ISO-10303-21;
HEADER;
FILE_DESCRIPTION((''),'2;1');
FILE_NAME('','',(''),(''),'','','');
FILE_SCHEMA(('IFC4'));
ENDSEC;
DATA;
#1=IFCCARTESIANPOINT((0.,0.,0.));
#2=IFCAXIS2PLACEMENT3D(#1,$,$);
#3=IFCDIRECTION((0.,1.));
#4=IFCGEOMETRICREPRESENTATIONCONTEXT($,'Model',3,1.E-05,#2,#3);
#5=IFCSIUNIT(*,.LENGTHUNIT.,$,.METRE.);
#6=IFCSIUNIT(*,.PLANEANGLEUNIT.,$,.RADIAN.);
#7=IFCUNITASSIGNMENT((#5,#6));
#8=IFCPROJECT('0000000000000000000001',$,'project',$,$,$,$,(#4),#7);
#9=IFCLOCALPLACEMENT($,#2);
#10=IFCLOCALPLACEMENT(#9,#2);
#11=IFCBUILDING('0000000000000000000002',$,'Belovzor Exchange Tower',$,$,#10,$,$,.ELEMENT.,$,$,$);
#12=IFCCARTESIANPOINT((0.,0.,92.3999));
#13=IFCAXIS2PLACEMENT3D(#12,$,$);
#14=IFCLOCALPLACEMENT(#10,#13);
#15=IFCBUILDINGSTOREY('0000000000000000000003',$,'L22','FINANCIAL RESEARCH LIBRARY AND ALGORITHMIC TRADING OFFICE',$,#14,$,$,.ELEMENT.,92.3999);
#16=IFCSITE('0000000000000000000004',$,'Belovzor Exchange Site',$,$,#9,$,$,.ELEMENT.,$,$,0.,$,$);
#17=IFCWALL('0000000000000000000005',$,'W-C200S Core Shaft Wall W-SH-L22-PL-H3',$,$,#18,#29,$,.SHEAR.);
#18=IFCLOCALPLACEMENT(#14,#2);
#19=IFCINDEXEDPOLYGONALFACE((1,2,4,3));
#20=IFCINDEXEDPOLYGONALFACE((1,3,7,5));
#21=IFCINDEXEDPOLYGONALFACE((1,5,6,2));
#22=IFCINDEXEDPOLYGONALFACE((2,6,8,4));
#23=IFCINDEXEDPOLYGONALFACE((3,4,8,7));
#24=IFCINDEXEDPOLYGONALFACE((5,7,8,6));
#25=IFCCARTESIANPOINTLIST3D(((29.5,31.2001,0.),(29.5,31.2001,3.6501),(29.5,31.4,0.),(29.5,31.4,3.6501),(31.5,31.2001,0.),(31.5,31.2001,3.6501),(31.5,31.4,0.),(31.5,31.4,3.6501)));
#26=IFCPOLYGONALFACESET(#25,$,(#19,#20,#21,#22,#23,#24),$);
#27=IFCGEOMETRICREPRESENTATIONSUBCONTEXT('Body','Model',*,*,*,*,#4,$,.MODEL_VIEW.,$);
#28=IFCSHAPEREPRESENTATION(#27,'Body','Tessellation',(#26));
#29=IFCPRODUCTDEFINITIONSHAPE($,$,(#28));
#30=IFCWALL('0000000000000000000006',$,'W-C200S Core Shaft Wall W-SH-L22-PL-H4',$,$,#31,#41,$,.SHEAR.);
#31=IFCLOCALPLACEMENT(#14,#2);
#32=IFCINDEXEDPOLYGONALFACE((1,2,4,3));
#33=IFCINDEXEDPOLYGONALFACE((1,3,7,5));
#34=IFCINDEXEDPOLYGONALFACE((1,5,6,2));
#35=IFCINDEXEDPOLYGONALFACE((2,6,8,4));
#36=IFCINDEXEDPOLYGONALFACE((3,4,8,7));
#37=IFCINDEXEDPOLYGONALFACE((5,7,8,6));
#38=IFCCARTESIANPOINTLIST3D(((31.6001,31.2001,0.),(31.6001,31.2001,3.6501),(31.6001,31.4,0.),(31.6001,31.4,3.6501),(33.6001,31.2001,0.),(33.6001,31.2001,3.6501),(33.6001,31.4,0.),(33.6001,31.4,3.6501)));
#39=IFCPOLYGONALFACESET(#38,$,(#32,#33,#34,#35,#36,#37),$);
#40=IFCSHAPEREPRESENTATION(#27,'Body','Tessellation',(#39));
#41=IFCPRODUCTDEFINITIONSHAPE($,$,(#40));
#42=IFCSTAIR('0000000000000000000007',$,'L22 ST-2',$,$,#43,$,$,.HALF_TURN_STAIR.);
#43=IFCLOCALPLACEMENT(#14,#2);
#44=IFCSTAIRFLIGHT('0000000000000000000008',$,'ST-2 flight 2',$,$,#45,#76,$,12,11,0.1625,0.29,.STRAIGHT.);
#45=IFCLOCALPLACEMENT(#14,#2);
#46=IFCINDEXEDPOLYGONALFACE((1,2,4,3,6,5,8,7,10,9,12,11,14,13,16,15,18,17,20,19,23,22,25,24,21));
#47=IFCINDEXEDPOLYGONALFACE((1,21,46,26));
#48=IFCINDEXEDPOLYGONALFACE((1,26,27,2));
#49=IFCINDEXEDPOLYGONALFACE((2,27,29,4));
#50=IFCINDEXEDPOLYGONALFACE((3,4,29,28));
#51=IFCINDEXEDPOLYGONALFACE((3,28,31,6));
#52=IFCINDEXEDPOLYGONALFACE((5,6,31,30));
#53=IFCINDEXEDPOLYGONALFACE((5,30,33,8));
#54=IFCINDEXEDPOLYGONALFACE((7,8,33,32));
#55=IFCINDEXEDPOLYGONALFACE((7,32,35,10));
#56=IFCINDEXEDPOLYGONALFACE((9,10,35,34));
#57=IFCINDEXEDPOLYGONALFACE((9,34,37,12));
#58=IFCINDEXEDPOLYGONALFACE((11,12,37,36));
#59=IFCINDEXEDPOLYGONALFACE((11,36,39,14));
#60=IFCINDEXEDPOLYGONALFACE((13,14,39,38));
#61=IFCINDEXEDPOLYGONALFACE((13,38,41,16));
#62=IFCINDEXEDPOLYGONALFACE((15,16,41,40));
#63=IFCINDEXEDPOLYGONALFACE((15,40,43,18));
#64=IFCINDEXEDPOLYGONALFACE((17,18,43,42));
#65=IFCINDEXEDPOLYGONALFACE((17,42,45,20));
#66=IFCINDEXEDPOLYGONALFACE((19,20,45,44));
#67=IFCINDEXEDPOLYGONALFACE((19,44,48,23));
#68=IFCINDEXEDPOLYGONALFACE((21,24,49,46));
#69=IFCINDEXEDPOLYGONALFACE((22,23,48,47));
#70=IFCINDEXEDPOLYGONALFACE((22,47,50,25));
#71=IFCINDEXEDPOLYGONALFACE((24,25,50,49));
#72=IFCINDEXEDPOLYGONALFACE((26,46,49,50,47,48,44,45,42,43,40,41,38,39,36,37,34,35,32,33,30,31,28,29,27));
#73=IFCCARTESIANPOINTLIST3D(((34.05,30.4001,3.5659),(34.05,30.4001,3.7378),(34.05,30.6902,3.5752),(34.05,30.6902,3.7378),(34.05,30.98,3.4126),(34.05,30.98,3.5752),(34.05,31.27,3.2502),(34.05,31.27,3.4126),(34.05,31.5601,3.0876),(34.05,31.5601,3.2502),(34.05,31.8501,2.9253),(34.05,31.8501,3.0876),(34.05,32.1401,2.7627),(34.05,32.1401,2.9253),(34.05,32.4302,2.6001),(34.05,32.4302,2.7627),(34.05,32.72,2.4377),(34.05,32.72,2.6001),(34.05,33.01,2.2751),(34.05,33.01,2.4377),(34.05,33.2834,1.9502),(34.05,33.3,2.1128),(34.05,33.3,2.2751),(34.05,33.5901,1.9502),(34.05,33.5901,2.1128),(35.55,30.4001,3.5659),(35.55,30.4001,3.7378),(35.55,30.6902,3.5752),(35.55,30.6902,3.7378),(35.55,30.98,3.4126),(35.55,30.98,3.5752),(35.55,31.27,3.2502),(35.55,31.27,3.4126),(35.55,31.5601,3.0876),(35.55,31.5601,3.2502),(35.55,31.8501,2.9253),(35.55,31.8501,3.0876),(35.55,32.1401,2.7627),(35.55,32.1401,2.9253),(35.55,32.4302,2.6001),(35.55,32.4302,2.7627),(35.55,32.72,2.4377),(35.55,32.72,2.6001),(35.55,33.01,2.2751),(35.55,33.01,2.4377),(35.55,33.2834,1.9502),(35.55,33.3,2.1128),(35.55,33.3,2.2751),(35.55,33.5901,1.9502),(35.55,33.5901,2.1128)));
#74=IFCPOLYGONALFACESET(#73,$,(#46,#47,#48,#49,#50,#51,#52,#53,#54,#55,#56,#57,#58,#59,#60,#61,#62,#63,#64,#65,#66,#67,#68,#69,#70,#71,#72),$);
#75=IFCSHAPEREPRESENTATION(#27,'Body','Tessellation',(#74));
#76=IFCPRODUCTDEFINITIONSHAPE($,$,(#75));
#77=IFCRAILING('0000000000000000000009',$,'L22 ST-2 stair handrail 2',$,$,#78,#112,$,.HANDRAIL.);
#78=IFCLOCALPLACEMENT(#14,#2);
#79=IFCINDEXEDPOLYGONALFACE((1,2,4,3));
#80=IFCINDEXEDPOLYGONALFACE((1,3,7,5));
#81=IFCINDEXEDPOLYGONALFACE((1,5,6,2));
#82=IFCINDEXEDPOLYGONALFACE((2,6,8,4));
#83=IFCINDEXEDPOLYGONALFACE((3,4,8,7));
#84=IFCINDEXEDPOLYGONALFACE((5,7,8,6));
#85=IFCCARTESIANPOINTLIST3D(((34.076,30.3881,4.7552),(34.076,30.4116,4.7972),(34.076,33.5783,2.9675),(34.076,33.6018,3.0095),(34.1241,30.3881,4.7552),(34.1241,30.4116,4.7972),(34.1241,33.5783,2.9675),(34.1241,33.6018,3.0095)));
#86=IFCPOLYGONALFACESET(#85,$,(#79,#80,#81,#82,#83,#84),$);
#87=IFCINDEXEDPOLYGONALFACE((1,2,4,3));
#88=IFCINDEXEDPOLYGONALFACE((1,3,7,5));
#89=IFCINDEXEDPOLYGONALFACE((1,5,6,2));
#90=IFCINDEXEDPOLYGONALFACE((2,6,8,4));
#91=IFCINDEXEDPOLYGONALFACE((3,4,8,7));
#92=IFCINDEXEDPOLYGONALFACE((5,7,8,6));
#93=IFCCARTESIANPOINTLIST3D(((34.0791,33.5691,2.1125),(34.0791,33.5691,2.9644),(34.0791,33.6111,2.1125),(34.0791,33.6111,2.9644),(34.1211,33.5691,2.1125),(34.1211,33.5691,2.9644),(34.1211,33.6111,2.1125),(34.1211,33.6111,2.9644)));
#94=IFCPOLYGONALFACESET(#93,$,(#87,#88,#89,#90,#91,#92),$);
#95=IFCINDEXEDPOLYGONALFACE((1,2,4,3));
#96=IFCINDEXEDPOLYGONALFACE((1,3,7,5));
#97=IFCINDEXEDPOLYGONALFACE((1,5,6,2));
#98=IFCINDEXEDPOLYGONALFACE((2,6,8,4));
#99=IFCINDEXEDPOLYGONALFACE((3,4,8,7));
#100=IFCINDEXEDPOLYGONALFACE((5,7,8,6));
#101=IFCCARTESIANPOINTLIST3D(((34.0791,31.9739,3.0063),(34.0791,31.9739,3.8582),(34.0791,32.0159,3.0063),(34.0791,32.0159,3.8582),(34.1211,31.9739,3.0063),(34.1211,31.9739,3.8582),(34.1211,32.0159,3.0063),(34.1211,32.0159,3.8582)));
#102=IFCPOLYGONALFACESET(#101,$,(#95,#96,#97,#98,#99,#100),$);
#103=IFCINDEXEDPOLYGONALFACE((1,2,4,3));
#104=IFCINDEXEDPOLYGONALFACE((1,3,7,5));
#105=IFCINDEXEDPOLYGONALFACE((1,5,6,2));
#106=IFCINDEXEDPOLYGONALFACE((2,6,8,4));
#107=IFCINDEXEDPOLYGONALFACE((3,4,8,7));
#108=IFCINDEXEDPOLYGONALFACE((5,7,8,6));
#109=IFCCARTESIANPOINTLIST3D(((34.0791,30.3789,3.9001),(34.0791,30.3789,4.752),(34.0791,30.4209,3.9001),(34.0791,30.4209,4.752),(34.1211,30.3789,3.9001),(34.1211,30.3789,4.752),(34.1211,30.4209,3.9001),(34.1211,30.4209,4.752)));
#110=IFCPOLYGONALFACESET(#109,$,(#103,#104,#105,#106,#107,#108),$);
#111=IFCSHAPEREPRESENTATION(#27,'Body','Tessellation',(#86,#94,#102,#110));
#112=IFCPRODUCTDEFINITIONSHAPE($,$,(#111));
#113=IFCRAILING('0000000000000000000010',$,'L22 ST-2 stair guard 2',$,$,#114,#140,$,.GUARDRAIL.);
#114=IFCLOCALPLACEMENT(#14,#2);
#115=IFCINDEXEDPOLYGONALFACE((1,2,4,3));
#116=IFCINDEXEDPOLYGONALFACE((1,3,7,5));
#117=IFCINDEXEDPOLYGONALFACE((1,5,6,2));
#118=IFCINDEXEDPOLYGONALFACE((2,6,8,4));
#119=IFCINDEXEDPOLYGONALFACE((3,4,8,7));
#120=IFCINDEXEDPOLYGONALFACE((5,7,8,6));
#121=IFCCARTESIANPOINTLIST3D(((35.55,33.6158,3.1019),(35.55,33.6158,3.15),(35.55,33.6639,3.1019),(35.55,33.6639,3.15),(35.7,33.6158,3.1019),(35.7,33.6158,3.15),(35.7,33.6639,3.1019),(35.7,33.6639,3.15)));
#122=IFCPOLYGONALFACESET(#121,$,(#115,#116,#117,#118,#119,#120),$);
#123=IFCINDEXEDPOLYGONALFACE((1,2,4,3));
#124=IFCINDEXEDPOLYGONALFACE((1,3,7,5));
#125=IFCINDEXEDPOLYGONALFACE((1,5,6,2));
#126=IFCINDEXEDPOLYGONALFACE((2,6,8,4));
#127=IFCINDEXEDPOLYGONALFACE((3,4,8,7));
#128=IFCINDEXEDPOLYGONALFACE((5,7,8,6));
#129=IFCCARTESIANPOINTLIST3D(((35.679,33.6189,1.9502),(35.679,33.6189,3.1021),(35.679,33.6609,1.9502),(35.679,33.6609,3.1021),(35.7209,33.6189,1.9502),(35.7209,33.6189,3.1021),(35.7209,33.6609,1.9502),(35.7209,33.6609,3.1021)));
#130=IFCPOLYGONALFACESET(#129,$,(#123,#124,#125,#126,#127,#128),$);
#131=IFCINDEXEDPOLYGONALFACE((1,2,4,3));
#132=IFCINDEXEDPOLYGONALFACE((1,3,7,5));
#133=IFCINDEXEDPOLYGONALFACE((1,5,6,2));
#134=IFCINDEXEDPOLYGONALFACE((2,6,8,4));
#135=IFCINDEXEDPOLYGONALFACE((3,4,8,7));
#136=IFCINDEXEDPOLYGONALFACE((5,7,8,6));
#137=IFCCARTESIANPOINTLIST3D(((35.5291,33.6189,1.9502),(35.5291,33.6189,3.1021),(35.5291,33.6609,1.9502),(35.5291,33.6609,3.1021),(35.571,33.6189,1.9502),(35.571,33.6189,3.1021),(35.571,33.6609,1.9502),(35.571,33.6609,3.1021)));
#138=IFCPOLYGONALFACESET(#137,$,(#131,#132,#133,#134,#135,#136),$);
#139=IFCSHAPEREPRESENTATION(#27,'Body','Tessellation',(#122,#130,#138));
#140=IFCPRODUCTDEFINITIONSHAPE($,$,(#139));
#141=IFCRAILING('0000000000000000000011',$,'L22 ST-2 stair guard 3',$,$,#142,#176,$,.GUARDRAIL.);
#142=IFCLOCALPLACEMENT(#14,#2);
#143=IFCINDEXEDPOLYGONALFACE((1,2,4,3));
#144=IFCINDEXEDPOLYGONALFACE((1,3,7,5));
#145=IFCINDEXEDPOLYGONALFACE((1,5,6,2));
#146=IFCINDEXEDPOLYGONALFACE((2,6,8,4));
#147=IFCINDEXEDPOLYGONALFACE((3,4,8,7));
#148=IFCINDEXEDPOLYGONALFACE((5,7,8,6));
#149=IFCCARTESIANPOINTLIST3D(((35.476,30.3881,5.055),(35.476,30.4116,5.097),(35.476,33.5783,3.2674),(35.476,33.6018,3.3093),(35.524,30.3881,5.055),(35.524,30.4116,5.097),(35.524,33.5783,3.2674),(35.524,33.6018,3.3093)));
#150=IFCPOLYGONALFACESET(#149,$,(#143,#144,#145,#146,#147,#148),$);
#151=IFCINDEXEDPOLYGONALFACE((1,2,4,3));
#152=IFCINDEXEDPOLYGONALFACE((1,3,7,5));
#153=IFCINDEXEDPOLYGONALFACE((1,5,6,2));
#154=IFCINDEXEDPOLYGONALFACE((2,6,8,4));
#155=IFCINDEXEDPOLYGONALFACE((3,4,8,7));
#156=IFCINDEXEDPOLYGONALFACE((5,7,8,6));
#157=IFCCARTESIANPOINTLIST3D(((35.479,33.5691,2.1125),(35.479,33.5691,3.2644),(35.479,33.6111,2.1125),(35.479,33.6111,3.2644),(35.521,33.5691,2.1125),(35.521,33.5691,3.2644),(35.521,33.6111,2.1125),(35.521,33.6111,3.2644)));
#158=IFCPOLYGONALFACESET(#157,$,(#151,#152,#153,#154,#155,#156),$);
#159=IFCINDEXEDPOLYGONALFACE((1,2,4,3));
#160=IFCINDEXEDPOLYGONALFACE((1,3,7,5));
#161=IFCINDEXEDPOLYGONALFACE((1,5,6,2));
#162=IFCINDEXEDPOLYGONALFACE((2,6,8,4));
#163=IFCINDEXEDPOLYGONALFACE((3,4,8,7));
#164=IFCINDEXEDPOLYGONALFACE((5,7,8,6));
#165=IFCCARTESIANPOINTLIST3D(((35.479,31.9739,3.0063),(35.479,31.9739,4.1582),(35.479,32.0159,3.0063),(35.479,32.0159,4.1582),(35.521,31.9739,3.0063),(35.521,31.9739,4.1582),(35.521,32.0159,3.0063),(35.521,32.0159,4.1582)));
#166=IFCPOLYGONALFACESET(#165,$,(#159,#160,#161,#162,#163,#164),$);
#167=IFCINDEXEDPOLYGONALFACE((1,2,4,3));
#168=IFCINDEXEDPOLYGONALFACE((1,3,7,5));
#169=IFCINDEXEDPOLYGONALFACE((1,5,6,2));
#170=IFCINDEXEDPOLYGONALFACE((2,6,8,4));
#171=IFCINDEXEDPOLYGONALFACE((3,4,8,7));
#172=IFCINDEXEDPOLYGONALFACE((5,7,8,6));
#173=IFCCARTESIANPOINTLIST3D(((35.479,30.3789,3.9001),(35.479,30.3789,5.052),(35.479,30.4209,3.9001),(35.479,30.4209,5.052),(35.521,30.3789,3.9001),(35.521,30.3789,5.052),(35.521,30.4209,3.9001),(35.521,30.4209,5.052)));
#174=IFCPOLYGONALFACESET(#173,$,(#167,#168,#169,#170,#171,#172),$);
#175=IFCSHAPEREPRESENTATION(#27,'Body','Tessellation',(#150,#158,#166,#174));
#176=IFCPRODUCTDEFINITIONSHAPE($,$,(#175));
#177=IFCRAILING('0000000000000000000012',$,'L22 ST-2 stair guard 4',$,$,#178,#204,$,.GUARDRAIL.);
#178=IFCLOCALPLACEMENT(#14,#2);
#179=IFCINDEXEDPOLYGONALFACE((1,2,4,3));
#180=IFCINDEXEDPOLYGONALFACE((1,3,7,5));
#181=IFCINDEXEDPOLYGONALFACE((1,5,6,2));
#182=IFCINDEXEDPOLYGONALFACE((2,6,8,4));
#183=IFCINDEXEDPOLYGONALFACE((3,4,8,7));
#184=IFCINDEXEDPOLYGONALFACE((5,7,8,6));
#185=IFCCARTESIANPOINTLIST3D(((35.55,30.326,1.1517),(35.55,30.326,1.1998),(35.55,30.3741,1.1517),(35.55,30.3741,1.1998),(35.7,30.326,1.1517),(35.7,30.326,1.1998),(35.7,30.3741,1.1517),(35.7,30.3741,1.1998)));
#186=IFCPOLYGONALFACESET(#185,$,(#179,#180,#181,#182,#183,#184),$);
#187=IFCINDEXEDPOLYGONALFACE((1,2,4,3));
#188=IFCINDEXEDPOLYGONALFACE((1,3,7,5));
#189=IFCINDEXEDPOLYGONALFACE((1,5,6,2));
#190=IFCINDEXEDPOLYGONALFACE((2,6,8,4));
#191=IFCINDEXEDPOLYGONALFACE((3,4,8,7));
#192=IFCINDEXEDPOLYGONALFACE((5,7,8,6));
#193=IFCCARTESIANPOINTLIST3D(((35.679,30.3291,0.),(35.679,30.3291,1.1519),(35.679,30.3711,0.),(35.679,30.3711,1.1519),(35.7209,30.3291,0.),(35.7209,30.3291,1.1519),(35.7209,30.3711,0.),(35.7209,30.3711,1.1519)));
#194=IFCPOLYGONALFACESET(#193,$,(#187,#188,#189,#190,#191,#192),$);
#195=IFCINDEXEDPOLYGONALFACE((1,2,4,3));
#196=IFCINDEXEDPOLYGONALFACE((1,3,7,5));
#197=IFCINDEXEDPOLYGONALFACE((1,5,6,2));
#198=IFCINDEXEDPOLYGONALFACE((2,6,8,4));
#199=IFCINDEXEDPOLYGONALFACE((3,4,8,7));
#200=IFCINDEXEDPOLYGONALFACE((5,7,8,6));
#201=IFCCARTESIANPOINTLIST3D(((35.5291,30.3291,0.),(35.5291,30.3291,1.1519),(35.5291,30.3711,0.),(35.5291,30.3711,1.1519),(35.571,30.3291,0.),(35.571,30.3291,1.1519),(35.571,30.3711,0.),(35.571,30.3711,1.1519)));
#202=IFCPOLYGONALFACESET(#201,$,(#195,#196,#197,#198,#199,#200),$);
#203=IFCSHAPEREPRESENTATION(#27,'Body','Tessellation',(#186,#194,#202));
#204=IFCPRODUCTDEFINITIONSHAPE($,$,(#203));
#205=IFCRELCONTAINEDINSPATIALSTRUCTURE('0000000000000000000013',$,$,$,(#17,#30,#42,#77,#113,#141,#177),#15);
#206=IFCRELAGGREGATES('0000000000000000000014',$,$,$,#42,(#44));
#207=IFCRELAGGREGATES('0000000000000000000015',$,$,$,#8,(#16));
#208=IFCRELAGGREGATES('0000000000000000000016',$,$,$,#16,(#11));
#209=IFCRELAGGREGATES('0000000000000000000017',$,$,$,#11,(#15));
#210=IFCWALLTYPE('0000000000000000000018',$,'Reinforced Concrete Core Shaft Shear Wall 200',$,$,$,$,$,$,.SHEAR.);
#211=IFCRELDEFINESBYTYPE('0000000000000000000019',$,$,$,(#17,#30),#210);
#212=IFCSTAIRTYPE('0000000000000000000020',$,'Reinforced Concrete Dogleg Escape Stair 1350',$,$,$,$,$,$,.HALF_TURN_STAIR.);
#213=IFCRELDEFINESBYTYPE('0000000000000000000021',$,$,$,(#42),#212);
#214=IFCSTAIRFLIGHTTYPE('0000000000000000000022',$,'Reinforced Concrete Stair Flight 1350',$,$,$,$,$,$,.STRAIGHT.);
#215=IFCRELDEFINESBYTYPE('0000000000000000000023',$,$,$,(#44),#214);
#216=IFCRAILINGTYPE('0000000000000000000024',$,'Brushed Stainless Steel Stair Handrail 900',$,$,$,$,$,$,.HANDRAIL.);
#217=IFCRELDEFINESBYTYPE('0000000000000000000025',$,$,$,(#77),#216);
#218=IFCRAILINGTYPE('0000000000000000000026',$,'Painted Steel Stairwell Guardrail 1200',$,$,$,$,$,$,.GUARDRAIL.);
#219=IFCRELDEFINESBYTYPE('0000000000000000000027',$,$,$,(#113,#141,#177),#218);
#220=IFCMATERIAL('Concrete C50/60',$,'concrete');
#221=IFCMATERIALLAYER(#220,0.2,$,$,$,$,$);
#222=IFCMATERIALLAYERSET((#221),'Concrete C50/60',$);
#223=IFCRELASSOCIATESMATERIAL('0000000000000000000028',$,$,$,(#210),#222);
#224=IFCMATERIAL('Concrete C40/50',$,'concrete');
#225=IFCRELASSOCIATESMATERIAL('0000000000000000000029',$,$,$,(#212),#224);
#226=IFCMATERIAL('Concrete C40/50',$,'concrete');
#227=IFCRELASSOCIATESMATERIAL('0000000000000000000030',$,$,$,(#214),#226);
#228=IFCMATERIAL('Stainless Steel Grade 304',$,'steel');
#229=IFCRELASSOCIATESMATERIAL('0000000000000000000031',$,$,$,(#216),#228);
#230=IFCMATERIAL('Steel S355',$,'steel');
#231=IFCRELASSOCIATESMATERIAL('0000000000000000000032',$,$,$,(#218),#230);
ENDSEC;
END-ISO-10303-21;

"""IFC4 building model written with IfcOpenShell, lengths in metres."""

from ifc_helpers import new_model, si_unit, direction, frame, frame_2d, origin, origin_2d, place, context, subcontext, project, spatial, polyline, rectangle, outline, extrude, material, layer, layer_set, type_object, element, aggregate, save


model = new_model("IFC4")

# Units and contexts
model_context = context("Model", 3, precision=1e-05, world=origin(), true_north=direction((0.0, 1.0)))
body_context = subcontext(model_context, "Body", "Model", "MODEL_VIEW")
ifc_project = project(units=[si_unit("LENGTHUNIT", "METRE"), si_unit("PLANEANGLEUNIT", "RADIAN")], contexts=[model_context])

# Site, building, storey
site_placement = place(None, origin())
site = spatial("IfcSite", under=ifc_project, at=site_placement, Name="Belovzor Exchange Site", CompositionType="ELEMENT", RefElevation=0.0)
building_placement = place(site_placement, origin())
building = spatial("IfcBuilding", under=site, at=building_placement, Name="Belovzor Exchange Tower", CompositionType="ELEMENT")
storey_placement = place(building_placement, frame((0.0, 0.0, 92.3999)))
storey = spatial("IfcBuildingStorey", under=building, at=storey_placement, Name="L22", Description="FINANCIAL RESEARCH LIBRARY AND ALGORITHMIC TRADING OFFICE", CompositionType="ELEMENT", Elevation=92.3999)

# Walls
ifc_material_1 = material(Name="Concrete C50/60", Category="concrete")
ifc_layer_1 = layer(ifc_material_1, 0.2)
ifc_layer_set_1 = layer_set([ifc_layer_1], Name="Concrete C50/60")
wall_type_1 = type_object("IfcWallType", Name="Reinforced Concrete Core Shaft Shear Wall 200", PredefinedType="SHEAR", material=ifc_layer_set_1)
for number, where, z_axis, x_axis, name in (
    (1, (29.5, 31.3, 0.0), (0.0, 0.0, 1.0), (1.0, 0.0, 0.0), "W-C200S Core Shaft Wall W-SH-L22-PL-H3"),
    (2, (31.6001, 31.3, 0.0), (0.0, 0.0, 1.0), (1.0, 0.0, 0.0), "W-C200S Core Shaft Wall W-SH-L22-PL-H4"),
):
    element("IfcWall", number, at=place(storey_placement, frame(where, z_axis=z_axis, x_axis=x_axis)), inside=storey, type_object=wall_type_1, Name=name, PredefinedType="SHEAR", context=body_context, shape_type="SweptSolid", body=[
        extrude(rectangle(XDim=2.0, YDim=0.2, at=frame_2d((1.0, 0.0))), origin(), (0.0, 0.0, 1.0), 3.6501),
    ])

# Stair, stair flight
ifc_material_2 = material(Name="Concrete C40/50", Category="concrete")
stair_type = type_object("IfcStairType", Name="Reinforced Concrete Dogleg Escape Stair 1350", PredefinedType="HALF_TURN_STAIR", material=ifc_material_2)
stair_placement = place(storey_placement, origin())
stair = element("IfcStair", 3, at=stair_placement, inside=storey, type_object=stair_type, Name="L22 ST-2", PredefinedType="HALF_TURN_STAIR")
ifc_material_3 = material(Name="Concrete C40/50", Category="concrete")
stair_flight_type = type_object("IfcStairFlightType", Name="Reinforced Concrete Stair Flight 1350", PredefinedType="STRAIGHT", material=ifc_material_3)
stair_flight_placement = place(storey_placement, frame((34.8, 33.5901, 1.9502), z_axis=(0.0, 0.0, 1.0), x_axis=(0.0, -1.0, 0.0)))
stair_flight = element("IfcStairFlight", 4, at=stair_flight_placement, type_object=stair_flight_type, Name="ST-2 flight 2", NumberOfRisers=12, NumberOfTreads=11, PredefinedType="STRAIGHT", RiserHeight=0.1625, TreadLength=0.29, context=body_context, shape_type="SweptSolid", body=[
    extrude(outline(polyline([(0.0, 0.0), (0.0, 0.1626), (0.29, 0.1626), (0.29, 0.325), (0.5801, 0.325), (0.5801, 0.4875), (0.8701, 0.4875), (0.8701, 0.6499), (1.1599, 0.6499), (1.1599, 0.8125), (1.45, 0.8125), (1.45, 0.9751), (1.74, 0.9751), (1.74, 1.1375), (2.03, 1.1375), (2.03, 1.3), (2.3201, 1.3), (2.3201, 1.4624), (2.6101, 1.4624), (2.6101, 1.625), (2.8999, 1.625), (2.8999, 1.7876), (3.1899, 1.7876), (3.1899, 1.95), (3.1899, 1.6157), (0.3066, 0.0), (0.0, 0.0)])), frame((0.0, 0.75, 0.0), z_axis=(0.0, -1.0, 0.0), x_axis=(1.0, 0.0, 0.0)), (0.0, 0.0, 1.0), 1.5),
])
aggregate(stair, [stair_flight])

# Railings
ifc_material_4 = material(Name="Stainless Steel Grade 304", Category="steel")
railing_type_1 = type_object("IfcRailingType", Name="Brushed Stainless Steel Stair Handrail 900", PredefinedType="HANDRAIL", material=ifc_material_4)
railing_1_placement = place(storey_placement, frame((34.1001, 33.5901, 2.1125)))
element("IfcRailing", 5, at=railing_1_placement, inside=storey, type_object=railing_type_1, Name="L22 ST-2 stair handrail 2", PredefinedType="HANDRAIL", context=body_context, shape_type="SweptSolid", body=[
    extrude(rectangle(XDim=0.0481, YDim=0.0481, at=origin_2d()), frame((0.0, 0.0, 0.876), z_axis=(0.0, -0.872378, 0.488831), x_axis=(1.0, 0.0, 0.0)), (0.0, 0.0, 1.0), 3.657),
    extrude(rectangle(XDim=0.042, YDim=0.042, at=origin_2d()), origin(), (0.0, 0.0, 1.0), 0.8518),
    extrude(rectangle(XDim=0.042, YDim=0.042, at=origin_2d()), frame((0.0, -1.5952, 0.8938)), (0.0, 0.0, 1.0), 0.8518),
    extrude(rectangle(XDim=0.042, YDim=0.042, at=origin_2d()), frame((0.0, -3.1902, 1.7876)), (0.0, 0.0, 1.0), 0.8518),
])
ifc_material_5 = material(Name="Steel S355", Category="steel")
railing_type_2 = type_object("IfcRailingType", Name="Painted Steel Stairwell Guardrail 1200", PredefinedType="GUARDRAIL", material=ifc_material_5)
railing_2_placement = place(storey_placement, frame((35.7, 33.6399, 1.9502)))
element("IfcRailing", 6, at=railing_2_placement, inside=storey, type_object=railing_type_2, Name="L22 ST-2 stair guard 2", PredefinedType="GUARDRAIL", context=body_context, shape_type="SweptSolid", body=[
    extrude(rectangle(XDim=0.0481, YDim=0.0481, at=origin_2d()), frame((0.0, 0.0, 1.1758), z_axis=(-1.0, 0.0, 0.0), x_axis=(0.0, -1.0, 0.0)), (0.0, 0.0, 1.0), 0.1499),
    extrude(rectangle(XDim=0.042, YDim=0.042, at=origin_2d()), origin(), (0.0, 0.0, 1.0), 1.1519),
    extrude(rectangle(XDim=0.042, YDim=0.042, at=origin_2d()), frame((-0.1499, 0.0, 0.0)), (0.0, 0.0, 1.0), 1.1519),
])
railing_3_placement = place(storey_placement, frame((35.5, 33.5901, 2.1125)))
element("IfcRailing", 7, at=railing_3_placement, inside=storey, type_object=railing_type_2, Name="L22 ST-2 stair guard 3", PredefinedType="GUARDRAIL", context=body_context, shape_type="SweptSolid", body=[
    extrude(rectangle(XDim=0.0481, YDim=0.0481, at=origin_2d()), frame((0.0, 0.0, 1.1758), z_axis=(0.0, -0.872378, 0.488831), x_axis=(1.0, 0.0, 0.0)), (0.0, 0.0, 1.0), 3.657),
    extrude(rectangle(XDim=0.042, YDim=0.042, at=origin_2d()), origin(), (0.0, 0.0, 1.0), 1.1519),
    extrude(rectangle(XDim=0.042, YDim=0.042, at=origin_2d()), frame((0.0, -1.5952, 0.8938)), (0.0, 0.0, 1.0), 1.1519),
    extrude(rectangle(XDim=0.042, YDim=0.042, at=origin_2d()), frame((0.0, -3.1902, 1.7876)), (0.0, 0.0, 1.0), 1.1519),
])
railing_4_placement = place(storey_placement, frame((35.7, 30.3501, 0.0)))
element("IfcRailing", 8, at=railing_4_placement, inside=storey, type_object=railing_type_2, Name="L22 ST-2 stair guard 4", PredefinedType="GUARDRAIL", context=body_context, shape_type="SweptSolid", body=[
    extrude(rectangle(XDim=0.0481, YDim=0.0481, at=origin_2d()), frame((0.0, 0.0, 1.1758), z_axis=(-1.0, 0.0, 0.0), x_axis=(0.0, -1.0, 0.0)), (0.0, 0.0, 1.0), 0.1499),
    extrude(rectangle(XDim=0.042, YDim=0.042, at=origin_2d()), origin(), (0.0, 0.0, 1.0), 1.1519),
    extrude(rectangle(XDim=0.042, YDim=0.042, at=origin_2d()), frame((-0.1499, 0.0, 0.0)), (0.0, 0.0, 1.0), 1.1519),
])

save(model, "model.ifc")
